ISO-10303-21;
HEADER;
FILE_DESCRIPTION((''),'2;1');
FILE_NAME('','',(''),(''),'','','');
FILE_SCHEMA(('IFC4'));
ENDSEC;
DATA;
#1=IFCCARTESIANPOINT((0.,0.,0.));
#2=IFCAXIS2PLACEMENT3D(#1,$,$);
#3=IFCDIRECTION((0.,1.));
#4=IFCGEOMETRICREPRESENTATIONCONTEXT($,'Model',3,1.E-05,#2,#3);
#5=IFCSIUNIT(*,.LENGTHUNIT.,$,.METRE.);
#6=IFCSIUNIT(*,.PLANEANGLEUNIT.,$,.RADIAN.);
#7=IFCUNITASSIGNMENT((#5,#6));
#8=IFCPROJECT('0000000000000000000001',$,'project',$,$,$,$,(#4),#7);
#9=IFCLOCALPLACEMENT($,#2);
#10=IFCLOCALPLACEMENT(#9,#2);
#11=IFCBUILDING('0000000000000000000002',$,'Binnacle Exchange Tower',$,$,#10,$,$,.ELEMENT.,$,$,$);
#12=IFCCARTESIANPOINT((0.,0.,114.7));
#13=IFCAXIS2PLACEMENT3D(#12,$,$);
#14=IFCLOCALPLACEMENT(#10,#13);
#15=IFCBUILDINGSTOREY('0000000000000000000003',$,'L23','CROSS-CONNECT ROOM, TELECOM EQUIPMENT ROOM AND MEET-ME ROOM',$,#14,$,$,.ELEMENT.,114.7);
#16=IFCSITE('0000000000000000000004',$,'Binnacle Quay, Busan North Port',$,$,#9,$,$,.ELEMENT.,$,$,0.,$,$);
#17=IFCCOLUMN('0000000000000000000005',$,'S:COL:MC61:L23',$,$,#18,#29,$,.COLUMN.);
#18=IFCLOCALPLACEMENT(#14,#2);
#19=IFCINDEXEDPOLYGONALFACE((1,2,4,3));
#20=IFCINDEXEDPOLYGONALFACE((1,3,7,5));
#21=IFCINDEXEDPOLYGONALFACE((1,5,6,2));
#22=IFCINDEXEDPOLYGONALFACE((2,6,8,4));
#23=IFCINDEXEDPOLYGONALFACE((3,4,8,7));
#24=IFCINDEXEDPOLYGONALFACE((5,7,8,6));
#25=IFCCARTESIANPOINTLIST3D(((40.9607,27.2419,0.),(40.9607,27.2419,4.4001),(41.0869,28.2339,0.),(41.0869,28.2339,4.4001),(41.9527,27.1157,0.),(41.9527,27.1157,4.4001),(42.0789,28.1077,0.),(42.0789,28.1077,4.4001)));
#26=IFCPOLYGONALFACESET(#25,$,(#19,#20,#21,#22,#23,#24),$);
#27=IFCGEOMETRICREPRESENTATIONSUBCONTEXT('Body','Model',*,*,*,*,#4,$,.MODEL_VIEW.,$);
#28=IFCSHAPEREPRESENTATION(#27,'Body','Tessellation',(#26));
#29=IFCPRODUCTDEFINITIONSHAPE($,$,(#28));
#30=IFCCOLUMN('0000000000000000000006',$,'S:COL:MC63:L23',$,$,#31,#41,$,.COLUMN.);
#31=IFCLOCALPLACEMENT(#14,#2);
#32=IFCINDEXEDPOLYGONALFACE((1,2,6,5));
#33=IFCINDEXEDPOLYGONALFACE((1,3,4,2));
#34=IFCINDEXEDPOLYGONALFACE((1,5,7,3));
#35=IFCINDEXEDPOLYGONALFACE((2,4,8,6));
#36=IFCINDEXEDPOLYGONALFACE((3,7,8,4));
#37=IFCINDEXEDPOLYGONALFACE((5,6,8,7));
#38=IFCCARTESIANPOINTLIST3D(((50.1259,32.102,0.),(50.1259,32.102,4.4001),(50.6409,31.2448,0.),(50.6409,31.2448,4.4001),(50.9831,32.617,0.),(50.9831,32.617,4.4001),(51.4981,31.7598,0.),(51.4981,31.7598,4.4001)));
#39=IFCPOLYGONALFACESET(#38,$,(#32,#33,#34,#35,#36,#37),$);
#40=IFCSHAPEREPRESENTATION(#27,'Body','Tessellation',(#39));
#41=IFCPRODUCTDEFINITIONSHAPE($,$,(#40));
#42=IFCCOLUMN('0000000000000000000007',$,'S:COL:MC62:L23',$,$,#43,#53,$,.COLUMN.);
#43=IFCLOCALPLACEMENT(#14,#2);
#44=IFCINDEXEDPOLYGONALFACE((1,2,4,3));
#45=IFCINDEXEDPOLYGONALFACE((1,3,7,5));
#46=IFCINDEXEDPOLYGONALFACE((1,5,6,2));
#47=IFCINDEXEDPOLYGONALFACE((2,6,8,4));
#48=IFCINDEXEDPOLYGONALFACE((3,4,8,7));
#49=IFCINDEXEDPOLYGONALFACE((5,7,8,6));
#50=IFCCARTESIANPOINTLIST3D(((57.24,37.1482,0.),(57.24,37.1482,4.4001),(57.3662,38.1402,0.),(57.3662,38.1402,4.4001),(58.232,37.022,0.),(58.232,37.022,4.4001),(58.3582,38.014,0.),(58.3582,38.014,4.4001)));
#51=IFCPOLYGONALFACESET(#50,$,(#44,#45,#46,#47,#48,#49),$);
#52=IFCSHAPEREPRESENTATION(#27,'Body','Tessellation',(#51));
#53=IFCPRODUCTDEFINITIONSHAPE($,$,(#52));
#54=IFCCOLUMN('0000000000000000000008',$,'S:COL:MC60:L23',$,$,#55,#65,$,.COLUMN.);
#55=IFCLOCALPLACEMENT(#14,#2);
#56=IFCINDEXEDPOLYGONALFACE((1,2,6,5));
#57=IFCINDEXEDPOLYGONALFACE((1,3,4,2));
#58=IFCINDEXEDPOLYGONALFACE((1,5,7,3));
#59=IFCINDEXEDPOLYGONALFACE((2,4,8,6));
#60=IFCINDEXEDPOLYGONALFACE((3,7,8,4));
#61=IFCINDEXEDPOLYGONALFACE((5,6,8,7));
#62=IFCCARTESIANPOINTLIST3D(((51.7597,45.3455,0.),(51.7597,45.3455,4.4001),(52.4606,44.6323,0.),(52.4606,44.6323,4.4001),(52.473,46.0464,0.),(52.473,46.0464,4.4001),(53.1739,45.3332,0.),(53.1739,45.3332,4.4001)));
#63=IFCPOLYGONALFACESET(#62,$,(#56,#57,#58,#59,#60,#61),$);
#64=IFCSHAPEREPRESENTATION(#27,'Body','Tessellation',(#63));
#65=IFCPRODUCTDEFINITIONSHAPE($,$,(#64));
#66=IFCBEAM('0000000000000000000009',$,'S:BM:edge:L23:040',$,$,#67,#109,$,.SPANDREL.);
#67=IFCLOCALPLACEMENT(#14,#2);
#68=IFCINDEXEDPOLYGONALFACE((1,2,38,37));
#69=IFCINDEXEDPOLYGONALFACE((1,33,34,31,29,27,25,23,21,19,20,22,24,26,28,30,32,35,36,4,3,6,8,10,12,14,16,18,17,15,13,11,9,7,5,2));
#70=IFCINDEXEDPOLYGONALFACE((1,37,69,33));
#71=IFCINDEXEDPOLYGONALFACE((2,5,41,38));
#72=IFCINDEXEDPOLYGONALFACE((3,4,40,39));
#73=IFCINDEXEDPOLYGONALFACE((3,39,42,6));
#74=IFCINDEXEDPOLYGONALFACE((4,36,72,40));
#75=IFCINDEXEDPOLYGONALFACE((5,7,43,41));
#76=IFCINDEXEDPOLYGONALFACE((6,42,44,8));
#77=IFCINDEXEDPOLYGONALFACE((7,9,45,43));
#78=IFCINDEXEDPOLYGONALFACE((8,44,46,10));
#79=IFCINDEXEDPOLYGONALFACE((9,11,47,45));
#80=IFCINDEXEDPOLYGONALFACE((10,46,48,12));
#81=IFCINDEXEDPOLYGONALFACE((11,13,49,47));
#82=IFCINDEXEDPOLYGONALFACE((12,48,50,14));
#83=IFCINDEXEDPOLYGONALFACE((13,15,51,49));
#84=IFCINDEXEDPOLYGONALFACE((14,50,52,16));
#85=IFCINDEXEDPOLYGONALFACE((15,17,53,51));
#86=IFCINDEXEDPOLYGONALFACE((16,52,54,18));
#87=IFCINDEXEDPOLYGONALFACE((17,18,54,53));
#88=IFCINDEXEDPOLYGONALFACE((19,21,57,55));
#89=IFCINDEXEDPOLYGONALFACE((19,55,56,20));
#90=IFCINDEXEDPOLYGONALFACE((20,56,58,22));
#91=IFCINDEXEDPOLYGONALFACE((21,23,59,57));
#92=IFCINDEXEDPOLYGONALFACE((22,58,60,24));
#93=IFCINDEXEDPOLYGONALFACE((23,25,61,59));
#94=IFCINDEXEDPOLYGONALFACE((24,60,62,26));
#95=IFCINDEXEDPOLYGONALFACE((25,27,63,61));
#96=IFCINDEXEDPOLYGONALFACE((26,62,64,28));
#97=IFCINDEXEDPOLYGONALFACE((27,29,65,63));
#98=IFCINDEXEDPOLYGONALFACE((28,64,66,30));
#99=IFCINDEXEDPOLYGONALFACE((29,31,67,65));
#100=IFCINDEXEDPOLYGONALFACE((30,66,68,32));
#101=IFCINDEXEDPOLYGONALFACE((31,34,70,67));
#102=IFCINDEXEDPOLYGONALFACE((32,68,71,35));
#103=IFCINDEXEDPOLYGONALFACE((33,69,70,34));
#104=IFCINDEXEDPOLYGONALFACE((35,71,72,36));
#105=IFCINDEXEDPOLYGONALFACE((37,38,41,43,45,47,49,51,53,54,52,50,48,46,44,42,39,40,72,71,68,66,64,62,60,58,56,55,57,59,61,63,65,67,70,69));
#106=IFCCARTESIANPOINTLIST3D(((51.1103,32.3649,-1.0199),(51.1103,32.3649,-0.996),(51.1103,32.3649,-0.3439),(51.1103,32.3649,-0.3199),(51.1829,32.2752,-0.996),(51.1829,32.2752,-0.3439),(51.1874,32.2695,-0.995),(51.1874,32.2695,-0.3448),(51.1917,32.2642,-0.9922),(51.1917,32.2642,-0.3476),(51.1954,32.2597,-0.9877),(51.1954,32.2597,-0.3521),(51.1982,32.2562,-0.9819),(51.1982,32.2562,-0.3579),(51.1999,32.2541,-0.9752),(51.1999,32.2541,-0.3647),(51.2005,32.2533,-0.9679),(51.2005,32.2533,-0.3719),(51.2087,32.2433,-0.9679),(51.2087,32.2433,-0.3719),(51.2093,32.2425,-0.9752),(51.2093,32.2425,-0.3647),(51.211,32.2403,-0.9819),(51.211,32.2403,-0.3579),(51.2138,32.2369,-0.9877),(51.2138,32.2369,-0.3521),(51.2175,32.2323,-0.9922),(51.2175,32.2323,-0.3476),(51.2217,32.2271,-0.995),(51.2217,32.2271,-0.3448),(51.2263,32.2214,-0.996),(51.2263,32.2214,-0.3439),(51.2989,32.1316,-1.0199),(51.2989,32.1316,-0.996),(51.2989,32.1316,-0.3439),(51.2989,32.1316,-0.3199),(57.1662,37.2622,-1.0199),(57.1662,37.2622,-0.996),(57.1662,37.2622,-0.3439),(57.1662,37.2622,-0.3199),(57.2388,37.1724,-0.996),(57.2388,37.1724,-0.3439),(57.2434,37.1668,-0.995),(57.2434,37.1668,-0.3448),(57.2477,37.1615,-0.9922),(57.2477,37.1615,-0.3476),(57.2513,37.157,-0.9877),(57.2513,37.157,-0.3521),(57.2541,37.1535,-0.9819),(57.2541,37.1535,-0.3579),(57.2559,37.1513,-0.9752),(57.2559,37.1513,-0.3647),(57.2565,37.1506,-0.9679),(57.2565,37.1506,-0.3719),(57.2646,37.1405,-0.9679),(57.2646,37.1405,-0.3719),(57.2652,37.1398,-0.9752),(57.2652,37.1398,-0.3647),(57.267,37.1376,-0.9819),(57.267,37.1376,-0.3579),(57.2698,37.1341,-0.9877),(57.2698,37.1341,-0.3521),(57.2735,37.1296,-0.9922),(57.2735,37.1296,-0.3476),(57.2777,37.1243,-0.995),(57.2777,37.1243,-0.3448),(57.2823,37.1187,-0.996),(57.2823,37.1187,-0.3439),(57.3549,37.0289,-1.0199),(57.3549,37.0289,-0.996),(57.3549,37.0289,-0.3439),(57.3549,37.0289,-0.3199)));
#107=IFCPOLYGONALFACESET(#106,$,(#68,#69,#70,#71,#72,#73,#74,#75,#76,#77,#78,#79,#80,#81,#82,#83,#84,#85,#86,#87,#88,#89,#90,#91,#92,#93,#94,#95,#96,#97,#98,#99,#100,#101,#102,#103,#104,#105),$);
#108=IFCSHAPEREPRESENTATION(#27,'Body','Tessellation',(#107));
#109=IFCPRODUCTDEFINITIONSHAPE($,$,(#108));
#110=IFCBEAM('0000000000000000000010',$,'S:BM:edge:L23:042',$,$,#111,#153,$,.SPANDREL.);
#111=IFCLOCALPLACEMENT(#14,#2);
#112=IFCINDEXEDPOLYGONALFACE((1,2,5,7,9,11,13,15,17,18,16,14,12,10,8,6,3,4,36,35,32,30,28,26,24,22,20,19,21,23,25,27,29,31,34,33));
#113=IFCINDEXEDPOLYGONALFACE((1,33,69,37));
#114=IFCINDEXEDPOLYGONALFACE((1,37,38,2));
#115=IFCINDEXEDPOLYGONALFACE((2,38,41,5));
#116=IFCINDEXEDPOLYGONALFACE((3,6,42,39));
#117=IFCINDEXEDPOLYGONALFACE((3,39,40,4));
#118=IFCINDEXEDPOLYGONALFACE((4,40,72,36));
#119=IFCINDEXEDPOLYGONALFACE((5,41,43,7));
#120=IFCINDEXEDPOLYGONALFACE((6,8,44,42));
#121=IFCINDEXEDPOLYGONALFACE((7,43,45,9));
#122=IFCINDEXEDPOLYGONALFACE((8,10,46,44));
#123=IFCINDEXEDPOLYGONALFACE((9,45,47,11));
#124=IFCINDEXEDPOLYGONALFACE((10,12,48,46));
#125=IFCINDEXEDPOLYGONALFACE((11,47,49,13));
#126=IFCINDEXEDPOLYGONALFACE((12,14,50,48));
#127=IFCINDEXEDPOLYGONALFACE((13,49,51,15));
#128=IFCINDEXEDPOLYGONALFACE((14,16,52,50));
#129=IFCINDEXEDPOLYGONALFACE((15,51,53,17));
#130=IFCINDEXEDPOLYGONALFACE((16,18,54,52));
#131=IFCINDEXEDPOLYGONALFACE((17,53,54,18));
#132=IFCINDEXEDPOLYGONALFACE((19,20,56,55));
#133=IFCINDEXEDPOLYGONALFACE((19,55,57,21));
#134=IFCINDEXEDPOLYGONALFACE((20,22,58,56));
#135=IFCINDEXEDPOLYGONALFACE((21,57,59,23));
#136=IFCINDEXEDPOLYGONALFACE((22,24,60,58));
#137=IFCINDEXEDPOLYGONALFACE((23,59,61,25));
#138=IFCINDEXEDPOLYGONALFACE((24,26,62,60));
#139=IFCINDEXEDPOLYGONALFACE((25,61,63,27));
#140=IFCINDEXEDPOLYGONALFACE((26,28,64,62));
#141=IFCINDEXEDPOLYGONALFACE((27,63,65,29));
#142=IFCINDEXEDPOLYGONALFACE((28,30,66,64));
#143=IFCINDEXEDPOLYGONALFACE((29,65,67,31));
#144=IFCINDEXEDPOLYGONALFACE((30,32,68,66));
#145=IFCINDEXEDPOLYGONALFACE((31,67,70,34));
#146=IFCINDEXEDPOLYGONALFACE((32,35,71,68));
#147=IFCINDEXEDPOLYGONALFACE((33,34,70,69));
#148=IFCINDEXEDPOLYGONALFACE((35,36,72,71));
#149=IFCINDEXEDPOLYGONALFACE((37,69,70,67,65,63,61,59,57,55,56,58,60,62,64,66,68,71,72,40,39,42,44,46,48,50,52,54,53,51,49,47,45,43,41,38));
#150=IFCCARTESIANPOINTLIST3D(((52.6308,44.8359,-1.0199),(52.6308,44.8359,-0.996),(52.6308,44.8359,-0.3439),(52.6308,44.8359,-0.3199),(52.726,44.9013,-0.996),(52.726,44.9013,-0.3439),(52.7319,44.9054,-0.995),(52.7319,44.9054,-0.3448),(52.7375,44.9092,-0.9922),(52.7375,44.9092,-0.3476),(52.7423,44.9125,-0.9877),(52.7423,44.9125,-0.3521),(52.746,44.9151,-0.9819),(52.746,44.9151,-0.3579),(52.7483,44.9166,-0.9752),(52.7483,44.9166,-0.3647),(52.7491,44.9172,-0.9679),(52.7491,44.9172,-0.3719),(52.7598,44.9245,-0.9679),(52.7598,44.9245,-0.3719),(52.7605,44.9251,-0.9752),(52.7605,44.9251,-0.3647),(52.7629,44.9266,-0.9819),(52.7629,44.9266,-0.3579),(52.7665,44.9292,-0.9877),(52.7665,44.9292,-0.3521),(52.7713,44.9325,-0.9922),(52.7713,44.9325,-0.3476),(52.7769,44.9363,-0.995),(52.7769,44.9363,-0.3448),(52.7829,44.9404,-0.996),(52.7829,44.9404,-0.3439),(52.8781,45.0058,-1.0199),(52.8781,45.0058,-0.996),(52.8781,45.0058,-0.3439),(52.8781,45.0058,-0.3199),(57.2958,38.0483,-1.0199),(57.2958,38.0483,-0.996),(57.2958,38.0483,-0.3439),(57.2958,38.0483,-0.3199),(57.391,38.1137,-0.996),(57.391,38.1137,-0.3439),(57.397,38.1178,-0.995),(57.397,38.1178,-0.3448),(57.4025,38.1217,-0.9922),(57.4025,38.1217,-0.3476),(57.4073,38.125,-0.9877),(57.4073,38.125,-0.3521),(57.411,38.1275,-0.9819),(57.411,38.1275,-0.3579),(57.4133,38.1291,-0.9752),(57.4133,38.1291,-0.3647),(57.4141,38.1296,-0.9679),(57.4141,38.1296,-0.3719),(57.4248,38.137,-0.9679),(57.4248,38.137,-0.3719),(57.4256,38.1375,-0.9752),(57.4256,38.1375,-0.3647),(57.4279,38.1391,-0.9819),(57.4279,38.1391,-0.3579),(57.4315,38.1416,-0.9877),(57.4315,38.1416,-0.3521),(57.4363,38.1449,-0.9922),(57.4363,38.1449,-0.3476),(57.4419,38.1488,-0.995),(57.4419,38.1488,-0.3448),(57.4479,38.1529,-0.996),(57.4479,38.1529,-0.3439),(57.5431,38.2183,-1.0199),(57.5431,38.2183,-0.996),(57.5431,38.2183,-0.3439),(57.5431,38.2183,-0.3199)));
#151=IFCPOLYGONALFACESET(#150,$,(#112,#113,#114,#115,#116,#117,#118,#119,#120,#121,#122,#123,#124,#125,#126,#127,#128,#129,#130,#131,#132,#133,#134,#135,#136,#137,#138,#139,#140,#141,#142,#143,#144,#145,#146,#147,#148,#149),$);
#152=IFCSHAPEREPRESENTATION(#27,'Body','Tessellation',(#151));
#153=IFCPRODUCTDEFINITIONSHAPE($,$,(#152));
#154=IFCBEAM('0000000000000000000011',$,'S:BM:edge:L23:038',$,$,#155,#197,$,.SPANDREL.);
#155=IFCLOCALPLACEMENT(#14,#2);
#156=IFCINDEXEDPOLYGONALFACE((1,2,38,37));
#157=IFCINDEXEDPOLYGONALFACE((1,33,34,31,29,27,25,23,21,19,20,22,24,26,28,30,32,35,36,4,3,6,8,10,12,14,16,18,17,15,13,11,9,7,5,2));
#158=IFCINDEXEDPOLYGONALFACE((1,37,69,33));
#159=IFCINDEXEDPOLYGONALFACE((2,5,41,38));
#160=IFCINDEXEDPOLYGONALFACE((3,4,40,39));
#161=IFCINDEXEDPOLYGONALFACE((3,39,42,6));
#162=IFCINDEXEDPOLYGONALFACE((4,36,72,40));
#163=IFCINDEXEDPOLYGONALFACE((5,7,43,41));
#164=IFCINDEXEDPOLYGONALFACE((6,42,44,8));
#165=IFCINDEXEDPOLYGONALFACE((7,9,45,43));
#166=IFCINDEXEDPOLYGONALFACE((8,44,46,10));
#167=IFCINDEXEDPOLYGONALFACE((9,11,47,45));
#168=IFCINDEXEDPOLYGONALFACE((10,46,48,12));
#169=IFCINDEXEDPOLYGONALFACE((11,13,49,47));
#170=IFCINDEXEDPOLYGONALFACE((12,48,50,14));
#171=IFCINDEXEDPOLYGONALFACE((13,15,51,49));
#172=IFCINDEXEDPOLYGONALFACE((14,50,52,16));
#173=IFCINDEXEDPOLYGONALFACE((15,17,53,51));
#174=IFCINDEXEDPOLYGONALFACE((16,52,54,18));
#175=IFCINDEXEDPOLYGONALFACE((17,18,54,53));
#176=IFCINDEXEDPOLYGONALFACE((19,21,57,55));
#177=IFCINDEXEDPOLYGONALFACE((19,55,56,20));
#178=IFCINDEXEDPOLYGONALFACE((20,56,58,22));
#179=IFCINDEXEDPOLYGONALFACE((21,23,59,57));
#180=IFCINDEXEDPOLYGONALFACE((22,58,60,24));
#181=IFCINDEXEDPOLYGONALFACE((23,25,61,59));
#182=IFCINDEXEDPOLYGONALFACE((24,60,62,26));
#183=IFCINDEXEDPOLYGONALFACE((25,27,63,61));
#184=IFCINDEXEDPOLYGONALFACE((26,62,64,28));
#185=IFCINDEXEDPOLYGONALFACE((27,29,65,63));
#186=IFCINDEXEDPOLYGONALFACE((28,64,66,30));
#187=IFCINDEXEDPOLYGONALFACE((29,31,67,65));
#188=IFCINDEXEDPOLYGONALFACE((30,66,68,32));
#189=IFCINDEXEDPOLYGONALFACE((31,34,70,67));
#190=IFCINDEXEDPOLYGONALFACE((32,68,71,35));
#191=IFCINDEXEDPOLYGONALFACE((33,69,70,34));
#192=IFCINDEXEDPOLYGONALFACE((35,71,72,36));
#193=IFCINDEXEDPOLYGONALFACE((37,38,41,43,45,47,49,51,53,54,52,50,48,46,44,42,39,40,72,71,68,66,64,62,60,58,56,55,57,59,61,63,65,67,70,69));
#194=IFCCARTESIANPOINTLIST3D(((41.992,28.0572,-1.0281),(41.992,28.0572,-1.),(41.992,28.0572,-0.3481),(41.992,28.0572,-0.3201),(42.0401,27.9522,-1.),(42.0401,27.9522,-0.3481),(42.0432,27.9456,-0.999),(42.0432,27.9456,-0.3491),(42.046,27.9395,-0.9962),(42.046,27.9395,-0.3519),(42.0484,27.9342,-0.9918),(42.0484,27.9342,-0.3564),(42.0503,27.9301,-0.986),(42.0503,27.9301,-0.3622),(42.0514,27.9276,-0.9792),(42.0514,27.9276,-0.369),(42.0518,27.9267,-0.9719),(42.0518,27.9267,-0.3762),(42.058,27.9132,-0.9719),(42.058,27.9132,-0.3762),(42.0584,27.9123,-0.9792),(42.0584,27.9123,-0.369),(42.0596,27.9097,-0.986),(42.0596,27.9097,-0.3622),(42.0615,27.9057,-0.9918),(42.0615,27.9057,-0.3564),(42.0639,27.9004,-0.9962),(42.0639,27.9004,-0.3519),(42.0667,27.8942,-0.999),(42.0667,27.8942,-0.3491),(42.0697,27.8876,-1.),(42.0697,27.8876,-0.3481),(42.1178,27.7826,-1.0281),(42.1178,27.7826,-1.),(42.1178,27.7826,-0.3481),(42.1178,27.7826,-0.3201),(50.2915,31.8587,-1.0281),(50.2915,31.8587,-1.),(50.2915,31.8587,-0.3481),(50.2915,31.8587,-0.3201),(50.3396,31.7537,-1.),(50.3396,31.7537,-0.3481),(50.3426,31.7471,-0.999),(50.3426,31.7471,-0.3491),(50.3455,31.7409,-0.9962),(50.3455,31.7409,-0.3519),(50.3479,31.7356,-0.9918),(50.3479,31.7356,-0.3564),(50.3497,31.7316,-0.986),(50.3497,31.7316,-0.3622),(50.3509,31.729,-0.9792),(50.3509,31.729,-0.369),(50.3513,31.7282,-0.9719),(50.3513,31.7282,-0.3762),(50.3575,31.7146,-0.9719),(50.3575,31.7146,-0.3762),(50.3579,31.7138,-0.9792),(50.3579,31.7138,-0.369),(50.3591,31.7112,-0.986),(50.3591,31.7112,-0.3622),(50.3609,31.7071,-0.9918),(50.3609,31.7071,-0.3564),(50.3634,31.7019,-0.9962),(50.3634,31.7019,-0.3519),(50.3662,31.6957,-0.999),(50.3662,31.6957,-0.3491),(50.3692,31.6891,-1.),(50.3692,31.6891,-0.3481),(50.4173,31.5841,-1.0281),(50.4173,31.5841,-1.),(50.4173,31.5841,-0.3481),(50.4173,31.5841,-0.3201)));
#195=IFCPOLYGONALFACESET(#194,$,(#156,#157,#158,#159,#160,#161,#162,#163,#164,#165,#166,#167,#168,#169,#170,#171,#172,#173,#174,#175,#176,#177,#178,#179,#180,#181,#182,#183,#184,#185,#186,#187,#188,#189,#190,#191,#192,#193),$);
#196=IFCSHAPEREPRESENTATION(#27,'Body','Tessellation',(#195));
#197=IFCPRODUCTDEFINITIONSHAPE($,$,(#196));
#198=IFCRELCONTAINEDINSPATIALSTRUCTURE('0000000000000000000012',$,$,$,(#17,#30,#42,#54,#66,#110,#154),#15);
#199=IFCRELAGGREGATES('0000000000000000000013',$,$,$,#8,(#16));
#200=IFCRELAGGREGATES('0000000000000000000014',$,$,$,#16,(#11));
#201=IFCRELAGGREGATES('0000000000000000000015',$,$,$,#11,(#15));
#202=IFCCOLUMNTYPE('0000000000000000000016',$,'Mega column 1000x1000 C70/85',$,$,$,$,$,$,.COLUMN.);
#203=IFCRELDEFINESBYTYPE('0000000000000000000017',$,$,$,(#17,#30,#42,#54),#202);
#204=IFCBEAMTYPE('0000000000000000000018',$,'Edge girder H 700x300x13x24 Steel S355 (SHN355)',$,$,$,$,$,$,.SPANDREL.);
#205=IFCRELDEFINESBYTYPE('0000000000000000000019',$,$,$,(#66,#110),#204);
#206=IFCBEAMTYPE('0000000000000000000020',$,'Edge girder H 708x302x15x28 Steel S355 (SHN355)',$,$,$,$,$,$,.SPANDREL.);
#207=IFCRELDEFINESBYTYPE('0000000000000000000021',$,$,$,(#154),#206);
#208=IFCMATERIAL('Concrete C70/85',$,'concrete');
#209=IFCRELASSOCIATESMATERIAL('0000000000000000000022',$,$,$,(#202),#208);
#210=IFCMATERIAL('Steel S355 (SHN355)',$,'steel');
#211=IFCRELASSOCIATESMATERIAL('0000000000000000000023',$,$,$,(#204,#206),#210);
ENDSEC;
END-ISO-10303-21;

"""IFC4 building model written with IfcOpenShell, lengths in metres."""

from ifc_helpers import new_model, si_unit, direction, frame, origin, origin_2d, place, context, subcontext, project, spatial, rectangle, i_section, extrude, material, material_profile, profile_set, type_object, element, save


model = new_model("IFC4")

# Units and contexts
model_context = context("Model", 3, precision=1e-05, world=origin(), true_north=direction((0.0, 1.0)))
body_context = subcontext(model_context, "Body", "Model", "MODEL_VIEW")
ifc_project = project(units=[si_unit("LENGTHUNIT", "METRE"), si_unit("PLANEANGLEUNIT", "RADIAN")], contexts=[model_context])

# Site, building, storey
site_placement = place(None, origin())
site = spatial("IfcSite", under=ifc_project, at=site_placement, Name="Binnacle Quay, Busan North Port", CompositionType="ELEMENT", RefElevation=0.0)
building_placement = place(site_placement, origin())
building = spatial("IfcBuilding", under=site, at=building_placement, Name="Binnacle Exchange Tower", CompositionType="ELEMENT")
storey_placement = place(building_placement, frame((0.0, 0.0, 114.7)))
storey = spatial("IfcBuildingStorey", under=building, at=storey_placement, Name="L23", Description="CROSS-CONNECT ROOM, TELECOM EQUIPMENT ROOM AND MEET-ME ROOM", CompositionType="ELEMENT", Elevation=114.7)

# Columns
ifc_material_1 = material(Name="Concrete C70/85", Category="concrete")
ifc_material_profile_1 = material_profile(ifc_material_1, rectangle(XDim=1.0, YDim=1.0, at=origin_2d()), Name="Mega column 1000x1000 C70/85")
ifc_profile_set_1 = profile_set([ifc_material_profile_1], Name="Concrete C70/85")
column_type = type_object("IfcColumnType", Name="Mega column 1000x1000 C70/85", PredefinedType="COLUMN", material=ifc_profile_set_1)
for number, where, z_axis, x_axis, name in (
    (1, (41.5198, 27.6748, 0.0), (0.0, 0.0, 1.0), (0.992005, -0.126199, 0.0), "S:COL:MC61:L23"),
    (2, (50.812, 31.9309, 0.0), (0.0, 0.0, 1.0), (0.857167, 0.515038, 0.0), "S:COL:MC63:L23"),
    (3, (57.7991, 37.5811, 0.0), (0.0, 0.0, 1.0), (0.126199, 0.992005, 0.0), "S:COL:MC62:L23"),
    (4, (52.4668, 45.3394, 0.0), (0.0, 0.0, 1.0), (-0.700909, 0.71325, 0.0), "S:COL:MC60:L23"),
):
    element("IfcColumn", number, at=place(storey_placement, frame(where, z_axis=z_axis, x_axis=x_axis)), inside=storey, type_object=column_type, Name=name, PredefinedType="COLUMN", context=body_context, shape_type="SweptSolid", body=[
        extrude(rectangle(XDim=1.0, YDim=1.0, at=origin_2d()), origin(), (0.0, 0.0, 1.0), 4.4001),
    ])

# Beams
ifc_material_2 = material(Name="Steel S355 (SHN355)", Category="steel")
ifc_material_profile_2 = material_profile(ifc_material_2, i_section(OverallWidth=0.3, OverallDepth=0.7, WebThickness=0.0129, FlangeThickness=0.0239, FilletRadius=0.0281, at=origin_2d()), Name="H 700x300x13x24")
ifc_profile_set_2 = profile_set([ifc_material_profile_2], Name="Steel S355 (SHN355)")
beam_type_1 = type_object("IfcBeamType", Name="Edge girder H 700x300x13x24 Steel S355 (SHN355)", PredefinedType="SPANDREL", material=ifc_profile_set_2)
beam_1_placement = place(storey_placement, frame((51.2046, 32.2483, -0.6699), z_axis=(0.77757, 0.628796, 0.0), x_axis=(-0.628796, 0.77757, 0.0)))
element("IfcBeam", 5, at=beam_1_placement, inside=storey, type_object=beam_type_1, Name="S:BM:edge:L23:040", PredefinedType="SPANDREL", context=body_context, shape_type="SweptSolid", body=[
    extrude(i_section(OverallWidth=0.3, OverallDepth=0.7, WebThickness=0.0129, FlangeThickness=0.0239, FilletRadius=0.0281, at=origin_2d()), origin(), (0.0, 0.0, 1.0), 7.7883),
])
beam_2_placement = place(storey_placement, frame((57.4194, 38.1333, -0.6699), z_axis=(-0.566411, 0.824123, 0.0), x_axis=(-0.824123, -0.566411, 0.0)))
element("IfcBeam", 6, at=beam_2_placement, inside=storey, type_object=beam_type_1, Name="S:BM:edge:L23:042", PredefinedType="SPANDREL", context=body_context, shape_type="SweptSolid", body=[
    extrude(i_section(OverallWidth=0.3, OverallDepth=0.7, WebThickness=0.0129, FlangeThickness=0.0239, FilletRadius=0.0281, at=origin_2d()), origin(), (0.0, 0.0, 1.0), 8.2361),
])
ifc_material_profile_3 = material_profile(ifc_material_2, i_section(OverallWidth=0.302, OverallDepth=0.708, WebThickness=0.0149, FlangeThickness=0.0281, FilletRadius=0.0281, at=origin_2d()), Name="H 708x302x15x28")
ifc_profile_set_3 = profile_set([ifc_material_profile_3], Name="Steel S355 (SHN355)")
beam_type_2 = type_object("IfcBeamType", Name="Edge girder H 708x302x15x28 Steel S355 (SHN355)", PredefinedType="SPANDREL", material=ifc_profile_set_3)
beam_3_placement = place(storey_placement, frame((42.0549, 27.9199, -0.6741), z_axis=(0.909167, 0.416433, 0.0), x_axis=(-0.416433, 0.909167, 0.0)))
element("IfcBeam", 7, at=beam_3_placement, inside=storey, type_object=beam_type_2, Name="S:BM:edge:L23:038", PredefinedType="SPANDREL", context=body_context, shape_type="SweptSolid", body=[
    extrude(i_section(OverallWidth=0.302, OverallDepth=0.708, WebThickness=0.0149, FlangeThickness=0.0281, FilletRadius=0.0281, at=origin_2d()), origin(), (0.0, 0.0, 1.0), 9.1287),
])

save(model, "model.ifc")
